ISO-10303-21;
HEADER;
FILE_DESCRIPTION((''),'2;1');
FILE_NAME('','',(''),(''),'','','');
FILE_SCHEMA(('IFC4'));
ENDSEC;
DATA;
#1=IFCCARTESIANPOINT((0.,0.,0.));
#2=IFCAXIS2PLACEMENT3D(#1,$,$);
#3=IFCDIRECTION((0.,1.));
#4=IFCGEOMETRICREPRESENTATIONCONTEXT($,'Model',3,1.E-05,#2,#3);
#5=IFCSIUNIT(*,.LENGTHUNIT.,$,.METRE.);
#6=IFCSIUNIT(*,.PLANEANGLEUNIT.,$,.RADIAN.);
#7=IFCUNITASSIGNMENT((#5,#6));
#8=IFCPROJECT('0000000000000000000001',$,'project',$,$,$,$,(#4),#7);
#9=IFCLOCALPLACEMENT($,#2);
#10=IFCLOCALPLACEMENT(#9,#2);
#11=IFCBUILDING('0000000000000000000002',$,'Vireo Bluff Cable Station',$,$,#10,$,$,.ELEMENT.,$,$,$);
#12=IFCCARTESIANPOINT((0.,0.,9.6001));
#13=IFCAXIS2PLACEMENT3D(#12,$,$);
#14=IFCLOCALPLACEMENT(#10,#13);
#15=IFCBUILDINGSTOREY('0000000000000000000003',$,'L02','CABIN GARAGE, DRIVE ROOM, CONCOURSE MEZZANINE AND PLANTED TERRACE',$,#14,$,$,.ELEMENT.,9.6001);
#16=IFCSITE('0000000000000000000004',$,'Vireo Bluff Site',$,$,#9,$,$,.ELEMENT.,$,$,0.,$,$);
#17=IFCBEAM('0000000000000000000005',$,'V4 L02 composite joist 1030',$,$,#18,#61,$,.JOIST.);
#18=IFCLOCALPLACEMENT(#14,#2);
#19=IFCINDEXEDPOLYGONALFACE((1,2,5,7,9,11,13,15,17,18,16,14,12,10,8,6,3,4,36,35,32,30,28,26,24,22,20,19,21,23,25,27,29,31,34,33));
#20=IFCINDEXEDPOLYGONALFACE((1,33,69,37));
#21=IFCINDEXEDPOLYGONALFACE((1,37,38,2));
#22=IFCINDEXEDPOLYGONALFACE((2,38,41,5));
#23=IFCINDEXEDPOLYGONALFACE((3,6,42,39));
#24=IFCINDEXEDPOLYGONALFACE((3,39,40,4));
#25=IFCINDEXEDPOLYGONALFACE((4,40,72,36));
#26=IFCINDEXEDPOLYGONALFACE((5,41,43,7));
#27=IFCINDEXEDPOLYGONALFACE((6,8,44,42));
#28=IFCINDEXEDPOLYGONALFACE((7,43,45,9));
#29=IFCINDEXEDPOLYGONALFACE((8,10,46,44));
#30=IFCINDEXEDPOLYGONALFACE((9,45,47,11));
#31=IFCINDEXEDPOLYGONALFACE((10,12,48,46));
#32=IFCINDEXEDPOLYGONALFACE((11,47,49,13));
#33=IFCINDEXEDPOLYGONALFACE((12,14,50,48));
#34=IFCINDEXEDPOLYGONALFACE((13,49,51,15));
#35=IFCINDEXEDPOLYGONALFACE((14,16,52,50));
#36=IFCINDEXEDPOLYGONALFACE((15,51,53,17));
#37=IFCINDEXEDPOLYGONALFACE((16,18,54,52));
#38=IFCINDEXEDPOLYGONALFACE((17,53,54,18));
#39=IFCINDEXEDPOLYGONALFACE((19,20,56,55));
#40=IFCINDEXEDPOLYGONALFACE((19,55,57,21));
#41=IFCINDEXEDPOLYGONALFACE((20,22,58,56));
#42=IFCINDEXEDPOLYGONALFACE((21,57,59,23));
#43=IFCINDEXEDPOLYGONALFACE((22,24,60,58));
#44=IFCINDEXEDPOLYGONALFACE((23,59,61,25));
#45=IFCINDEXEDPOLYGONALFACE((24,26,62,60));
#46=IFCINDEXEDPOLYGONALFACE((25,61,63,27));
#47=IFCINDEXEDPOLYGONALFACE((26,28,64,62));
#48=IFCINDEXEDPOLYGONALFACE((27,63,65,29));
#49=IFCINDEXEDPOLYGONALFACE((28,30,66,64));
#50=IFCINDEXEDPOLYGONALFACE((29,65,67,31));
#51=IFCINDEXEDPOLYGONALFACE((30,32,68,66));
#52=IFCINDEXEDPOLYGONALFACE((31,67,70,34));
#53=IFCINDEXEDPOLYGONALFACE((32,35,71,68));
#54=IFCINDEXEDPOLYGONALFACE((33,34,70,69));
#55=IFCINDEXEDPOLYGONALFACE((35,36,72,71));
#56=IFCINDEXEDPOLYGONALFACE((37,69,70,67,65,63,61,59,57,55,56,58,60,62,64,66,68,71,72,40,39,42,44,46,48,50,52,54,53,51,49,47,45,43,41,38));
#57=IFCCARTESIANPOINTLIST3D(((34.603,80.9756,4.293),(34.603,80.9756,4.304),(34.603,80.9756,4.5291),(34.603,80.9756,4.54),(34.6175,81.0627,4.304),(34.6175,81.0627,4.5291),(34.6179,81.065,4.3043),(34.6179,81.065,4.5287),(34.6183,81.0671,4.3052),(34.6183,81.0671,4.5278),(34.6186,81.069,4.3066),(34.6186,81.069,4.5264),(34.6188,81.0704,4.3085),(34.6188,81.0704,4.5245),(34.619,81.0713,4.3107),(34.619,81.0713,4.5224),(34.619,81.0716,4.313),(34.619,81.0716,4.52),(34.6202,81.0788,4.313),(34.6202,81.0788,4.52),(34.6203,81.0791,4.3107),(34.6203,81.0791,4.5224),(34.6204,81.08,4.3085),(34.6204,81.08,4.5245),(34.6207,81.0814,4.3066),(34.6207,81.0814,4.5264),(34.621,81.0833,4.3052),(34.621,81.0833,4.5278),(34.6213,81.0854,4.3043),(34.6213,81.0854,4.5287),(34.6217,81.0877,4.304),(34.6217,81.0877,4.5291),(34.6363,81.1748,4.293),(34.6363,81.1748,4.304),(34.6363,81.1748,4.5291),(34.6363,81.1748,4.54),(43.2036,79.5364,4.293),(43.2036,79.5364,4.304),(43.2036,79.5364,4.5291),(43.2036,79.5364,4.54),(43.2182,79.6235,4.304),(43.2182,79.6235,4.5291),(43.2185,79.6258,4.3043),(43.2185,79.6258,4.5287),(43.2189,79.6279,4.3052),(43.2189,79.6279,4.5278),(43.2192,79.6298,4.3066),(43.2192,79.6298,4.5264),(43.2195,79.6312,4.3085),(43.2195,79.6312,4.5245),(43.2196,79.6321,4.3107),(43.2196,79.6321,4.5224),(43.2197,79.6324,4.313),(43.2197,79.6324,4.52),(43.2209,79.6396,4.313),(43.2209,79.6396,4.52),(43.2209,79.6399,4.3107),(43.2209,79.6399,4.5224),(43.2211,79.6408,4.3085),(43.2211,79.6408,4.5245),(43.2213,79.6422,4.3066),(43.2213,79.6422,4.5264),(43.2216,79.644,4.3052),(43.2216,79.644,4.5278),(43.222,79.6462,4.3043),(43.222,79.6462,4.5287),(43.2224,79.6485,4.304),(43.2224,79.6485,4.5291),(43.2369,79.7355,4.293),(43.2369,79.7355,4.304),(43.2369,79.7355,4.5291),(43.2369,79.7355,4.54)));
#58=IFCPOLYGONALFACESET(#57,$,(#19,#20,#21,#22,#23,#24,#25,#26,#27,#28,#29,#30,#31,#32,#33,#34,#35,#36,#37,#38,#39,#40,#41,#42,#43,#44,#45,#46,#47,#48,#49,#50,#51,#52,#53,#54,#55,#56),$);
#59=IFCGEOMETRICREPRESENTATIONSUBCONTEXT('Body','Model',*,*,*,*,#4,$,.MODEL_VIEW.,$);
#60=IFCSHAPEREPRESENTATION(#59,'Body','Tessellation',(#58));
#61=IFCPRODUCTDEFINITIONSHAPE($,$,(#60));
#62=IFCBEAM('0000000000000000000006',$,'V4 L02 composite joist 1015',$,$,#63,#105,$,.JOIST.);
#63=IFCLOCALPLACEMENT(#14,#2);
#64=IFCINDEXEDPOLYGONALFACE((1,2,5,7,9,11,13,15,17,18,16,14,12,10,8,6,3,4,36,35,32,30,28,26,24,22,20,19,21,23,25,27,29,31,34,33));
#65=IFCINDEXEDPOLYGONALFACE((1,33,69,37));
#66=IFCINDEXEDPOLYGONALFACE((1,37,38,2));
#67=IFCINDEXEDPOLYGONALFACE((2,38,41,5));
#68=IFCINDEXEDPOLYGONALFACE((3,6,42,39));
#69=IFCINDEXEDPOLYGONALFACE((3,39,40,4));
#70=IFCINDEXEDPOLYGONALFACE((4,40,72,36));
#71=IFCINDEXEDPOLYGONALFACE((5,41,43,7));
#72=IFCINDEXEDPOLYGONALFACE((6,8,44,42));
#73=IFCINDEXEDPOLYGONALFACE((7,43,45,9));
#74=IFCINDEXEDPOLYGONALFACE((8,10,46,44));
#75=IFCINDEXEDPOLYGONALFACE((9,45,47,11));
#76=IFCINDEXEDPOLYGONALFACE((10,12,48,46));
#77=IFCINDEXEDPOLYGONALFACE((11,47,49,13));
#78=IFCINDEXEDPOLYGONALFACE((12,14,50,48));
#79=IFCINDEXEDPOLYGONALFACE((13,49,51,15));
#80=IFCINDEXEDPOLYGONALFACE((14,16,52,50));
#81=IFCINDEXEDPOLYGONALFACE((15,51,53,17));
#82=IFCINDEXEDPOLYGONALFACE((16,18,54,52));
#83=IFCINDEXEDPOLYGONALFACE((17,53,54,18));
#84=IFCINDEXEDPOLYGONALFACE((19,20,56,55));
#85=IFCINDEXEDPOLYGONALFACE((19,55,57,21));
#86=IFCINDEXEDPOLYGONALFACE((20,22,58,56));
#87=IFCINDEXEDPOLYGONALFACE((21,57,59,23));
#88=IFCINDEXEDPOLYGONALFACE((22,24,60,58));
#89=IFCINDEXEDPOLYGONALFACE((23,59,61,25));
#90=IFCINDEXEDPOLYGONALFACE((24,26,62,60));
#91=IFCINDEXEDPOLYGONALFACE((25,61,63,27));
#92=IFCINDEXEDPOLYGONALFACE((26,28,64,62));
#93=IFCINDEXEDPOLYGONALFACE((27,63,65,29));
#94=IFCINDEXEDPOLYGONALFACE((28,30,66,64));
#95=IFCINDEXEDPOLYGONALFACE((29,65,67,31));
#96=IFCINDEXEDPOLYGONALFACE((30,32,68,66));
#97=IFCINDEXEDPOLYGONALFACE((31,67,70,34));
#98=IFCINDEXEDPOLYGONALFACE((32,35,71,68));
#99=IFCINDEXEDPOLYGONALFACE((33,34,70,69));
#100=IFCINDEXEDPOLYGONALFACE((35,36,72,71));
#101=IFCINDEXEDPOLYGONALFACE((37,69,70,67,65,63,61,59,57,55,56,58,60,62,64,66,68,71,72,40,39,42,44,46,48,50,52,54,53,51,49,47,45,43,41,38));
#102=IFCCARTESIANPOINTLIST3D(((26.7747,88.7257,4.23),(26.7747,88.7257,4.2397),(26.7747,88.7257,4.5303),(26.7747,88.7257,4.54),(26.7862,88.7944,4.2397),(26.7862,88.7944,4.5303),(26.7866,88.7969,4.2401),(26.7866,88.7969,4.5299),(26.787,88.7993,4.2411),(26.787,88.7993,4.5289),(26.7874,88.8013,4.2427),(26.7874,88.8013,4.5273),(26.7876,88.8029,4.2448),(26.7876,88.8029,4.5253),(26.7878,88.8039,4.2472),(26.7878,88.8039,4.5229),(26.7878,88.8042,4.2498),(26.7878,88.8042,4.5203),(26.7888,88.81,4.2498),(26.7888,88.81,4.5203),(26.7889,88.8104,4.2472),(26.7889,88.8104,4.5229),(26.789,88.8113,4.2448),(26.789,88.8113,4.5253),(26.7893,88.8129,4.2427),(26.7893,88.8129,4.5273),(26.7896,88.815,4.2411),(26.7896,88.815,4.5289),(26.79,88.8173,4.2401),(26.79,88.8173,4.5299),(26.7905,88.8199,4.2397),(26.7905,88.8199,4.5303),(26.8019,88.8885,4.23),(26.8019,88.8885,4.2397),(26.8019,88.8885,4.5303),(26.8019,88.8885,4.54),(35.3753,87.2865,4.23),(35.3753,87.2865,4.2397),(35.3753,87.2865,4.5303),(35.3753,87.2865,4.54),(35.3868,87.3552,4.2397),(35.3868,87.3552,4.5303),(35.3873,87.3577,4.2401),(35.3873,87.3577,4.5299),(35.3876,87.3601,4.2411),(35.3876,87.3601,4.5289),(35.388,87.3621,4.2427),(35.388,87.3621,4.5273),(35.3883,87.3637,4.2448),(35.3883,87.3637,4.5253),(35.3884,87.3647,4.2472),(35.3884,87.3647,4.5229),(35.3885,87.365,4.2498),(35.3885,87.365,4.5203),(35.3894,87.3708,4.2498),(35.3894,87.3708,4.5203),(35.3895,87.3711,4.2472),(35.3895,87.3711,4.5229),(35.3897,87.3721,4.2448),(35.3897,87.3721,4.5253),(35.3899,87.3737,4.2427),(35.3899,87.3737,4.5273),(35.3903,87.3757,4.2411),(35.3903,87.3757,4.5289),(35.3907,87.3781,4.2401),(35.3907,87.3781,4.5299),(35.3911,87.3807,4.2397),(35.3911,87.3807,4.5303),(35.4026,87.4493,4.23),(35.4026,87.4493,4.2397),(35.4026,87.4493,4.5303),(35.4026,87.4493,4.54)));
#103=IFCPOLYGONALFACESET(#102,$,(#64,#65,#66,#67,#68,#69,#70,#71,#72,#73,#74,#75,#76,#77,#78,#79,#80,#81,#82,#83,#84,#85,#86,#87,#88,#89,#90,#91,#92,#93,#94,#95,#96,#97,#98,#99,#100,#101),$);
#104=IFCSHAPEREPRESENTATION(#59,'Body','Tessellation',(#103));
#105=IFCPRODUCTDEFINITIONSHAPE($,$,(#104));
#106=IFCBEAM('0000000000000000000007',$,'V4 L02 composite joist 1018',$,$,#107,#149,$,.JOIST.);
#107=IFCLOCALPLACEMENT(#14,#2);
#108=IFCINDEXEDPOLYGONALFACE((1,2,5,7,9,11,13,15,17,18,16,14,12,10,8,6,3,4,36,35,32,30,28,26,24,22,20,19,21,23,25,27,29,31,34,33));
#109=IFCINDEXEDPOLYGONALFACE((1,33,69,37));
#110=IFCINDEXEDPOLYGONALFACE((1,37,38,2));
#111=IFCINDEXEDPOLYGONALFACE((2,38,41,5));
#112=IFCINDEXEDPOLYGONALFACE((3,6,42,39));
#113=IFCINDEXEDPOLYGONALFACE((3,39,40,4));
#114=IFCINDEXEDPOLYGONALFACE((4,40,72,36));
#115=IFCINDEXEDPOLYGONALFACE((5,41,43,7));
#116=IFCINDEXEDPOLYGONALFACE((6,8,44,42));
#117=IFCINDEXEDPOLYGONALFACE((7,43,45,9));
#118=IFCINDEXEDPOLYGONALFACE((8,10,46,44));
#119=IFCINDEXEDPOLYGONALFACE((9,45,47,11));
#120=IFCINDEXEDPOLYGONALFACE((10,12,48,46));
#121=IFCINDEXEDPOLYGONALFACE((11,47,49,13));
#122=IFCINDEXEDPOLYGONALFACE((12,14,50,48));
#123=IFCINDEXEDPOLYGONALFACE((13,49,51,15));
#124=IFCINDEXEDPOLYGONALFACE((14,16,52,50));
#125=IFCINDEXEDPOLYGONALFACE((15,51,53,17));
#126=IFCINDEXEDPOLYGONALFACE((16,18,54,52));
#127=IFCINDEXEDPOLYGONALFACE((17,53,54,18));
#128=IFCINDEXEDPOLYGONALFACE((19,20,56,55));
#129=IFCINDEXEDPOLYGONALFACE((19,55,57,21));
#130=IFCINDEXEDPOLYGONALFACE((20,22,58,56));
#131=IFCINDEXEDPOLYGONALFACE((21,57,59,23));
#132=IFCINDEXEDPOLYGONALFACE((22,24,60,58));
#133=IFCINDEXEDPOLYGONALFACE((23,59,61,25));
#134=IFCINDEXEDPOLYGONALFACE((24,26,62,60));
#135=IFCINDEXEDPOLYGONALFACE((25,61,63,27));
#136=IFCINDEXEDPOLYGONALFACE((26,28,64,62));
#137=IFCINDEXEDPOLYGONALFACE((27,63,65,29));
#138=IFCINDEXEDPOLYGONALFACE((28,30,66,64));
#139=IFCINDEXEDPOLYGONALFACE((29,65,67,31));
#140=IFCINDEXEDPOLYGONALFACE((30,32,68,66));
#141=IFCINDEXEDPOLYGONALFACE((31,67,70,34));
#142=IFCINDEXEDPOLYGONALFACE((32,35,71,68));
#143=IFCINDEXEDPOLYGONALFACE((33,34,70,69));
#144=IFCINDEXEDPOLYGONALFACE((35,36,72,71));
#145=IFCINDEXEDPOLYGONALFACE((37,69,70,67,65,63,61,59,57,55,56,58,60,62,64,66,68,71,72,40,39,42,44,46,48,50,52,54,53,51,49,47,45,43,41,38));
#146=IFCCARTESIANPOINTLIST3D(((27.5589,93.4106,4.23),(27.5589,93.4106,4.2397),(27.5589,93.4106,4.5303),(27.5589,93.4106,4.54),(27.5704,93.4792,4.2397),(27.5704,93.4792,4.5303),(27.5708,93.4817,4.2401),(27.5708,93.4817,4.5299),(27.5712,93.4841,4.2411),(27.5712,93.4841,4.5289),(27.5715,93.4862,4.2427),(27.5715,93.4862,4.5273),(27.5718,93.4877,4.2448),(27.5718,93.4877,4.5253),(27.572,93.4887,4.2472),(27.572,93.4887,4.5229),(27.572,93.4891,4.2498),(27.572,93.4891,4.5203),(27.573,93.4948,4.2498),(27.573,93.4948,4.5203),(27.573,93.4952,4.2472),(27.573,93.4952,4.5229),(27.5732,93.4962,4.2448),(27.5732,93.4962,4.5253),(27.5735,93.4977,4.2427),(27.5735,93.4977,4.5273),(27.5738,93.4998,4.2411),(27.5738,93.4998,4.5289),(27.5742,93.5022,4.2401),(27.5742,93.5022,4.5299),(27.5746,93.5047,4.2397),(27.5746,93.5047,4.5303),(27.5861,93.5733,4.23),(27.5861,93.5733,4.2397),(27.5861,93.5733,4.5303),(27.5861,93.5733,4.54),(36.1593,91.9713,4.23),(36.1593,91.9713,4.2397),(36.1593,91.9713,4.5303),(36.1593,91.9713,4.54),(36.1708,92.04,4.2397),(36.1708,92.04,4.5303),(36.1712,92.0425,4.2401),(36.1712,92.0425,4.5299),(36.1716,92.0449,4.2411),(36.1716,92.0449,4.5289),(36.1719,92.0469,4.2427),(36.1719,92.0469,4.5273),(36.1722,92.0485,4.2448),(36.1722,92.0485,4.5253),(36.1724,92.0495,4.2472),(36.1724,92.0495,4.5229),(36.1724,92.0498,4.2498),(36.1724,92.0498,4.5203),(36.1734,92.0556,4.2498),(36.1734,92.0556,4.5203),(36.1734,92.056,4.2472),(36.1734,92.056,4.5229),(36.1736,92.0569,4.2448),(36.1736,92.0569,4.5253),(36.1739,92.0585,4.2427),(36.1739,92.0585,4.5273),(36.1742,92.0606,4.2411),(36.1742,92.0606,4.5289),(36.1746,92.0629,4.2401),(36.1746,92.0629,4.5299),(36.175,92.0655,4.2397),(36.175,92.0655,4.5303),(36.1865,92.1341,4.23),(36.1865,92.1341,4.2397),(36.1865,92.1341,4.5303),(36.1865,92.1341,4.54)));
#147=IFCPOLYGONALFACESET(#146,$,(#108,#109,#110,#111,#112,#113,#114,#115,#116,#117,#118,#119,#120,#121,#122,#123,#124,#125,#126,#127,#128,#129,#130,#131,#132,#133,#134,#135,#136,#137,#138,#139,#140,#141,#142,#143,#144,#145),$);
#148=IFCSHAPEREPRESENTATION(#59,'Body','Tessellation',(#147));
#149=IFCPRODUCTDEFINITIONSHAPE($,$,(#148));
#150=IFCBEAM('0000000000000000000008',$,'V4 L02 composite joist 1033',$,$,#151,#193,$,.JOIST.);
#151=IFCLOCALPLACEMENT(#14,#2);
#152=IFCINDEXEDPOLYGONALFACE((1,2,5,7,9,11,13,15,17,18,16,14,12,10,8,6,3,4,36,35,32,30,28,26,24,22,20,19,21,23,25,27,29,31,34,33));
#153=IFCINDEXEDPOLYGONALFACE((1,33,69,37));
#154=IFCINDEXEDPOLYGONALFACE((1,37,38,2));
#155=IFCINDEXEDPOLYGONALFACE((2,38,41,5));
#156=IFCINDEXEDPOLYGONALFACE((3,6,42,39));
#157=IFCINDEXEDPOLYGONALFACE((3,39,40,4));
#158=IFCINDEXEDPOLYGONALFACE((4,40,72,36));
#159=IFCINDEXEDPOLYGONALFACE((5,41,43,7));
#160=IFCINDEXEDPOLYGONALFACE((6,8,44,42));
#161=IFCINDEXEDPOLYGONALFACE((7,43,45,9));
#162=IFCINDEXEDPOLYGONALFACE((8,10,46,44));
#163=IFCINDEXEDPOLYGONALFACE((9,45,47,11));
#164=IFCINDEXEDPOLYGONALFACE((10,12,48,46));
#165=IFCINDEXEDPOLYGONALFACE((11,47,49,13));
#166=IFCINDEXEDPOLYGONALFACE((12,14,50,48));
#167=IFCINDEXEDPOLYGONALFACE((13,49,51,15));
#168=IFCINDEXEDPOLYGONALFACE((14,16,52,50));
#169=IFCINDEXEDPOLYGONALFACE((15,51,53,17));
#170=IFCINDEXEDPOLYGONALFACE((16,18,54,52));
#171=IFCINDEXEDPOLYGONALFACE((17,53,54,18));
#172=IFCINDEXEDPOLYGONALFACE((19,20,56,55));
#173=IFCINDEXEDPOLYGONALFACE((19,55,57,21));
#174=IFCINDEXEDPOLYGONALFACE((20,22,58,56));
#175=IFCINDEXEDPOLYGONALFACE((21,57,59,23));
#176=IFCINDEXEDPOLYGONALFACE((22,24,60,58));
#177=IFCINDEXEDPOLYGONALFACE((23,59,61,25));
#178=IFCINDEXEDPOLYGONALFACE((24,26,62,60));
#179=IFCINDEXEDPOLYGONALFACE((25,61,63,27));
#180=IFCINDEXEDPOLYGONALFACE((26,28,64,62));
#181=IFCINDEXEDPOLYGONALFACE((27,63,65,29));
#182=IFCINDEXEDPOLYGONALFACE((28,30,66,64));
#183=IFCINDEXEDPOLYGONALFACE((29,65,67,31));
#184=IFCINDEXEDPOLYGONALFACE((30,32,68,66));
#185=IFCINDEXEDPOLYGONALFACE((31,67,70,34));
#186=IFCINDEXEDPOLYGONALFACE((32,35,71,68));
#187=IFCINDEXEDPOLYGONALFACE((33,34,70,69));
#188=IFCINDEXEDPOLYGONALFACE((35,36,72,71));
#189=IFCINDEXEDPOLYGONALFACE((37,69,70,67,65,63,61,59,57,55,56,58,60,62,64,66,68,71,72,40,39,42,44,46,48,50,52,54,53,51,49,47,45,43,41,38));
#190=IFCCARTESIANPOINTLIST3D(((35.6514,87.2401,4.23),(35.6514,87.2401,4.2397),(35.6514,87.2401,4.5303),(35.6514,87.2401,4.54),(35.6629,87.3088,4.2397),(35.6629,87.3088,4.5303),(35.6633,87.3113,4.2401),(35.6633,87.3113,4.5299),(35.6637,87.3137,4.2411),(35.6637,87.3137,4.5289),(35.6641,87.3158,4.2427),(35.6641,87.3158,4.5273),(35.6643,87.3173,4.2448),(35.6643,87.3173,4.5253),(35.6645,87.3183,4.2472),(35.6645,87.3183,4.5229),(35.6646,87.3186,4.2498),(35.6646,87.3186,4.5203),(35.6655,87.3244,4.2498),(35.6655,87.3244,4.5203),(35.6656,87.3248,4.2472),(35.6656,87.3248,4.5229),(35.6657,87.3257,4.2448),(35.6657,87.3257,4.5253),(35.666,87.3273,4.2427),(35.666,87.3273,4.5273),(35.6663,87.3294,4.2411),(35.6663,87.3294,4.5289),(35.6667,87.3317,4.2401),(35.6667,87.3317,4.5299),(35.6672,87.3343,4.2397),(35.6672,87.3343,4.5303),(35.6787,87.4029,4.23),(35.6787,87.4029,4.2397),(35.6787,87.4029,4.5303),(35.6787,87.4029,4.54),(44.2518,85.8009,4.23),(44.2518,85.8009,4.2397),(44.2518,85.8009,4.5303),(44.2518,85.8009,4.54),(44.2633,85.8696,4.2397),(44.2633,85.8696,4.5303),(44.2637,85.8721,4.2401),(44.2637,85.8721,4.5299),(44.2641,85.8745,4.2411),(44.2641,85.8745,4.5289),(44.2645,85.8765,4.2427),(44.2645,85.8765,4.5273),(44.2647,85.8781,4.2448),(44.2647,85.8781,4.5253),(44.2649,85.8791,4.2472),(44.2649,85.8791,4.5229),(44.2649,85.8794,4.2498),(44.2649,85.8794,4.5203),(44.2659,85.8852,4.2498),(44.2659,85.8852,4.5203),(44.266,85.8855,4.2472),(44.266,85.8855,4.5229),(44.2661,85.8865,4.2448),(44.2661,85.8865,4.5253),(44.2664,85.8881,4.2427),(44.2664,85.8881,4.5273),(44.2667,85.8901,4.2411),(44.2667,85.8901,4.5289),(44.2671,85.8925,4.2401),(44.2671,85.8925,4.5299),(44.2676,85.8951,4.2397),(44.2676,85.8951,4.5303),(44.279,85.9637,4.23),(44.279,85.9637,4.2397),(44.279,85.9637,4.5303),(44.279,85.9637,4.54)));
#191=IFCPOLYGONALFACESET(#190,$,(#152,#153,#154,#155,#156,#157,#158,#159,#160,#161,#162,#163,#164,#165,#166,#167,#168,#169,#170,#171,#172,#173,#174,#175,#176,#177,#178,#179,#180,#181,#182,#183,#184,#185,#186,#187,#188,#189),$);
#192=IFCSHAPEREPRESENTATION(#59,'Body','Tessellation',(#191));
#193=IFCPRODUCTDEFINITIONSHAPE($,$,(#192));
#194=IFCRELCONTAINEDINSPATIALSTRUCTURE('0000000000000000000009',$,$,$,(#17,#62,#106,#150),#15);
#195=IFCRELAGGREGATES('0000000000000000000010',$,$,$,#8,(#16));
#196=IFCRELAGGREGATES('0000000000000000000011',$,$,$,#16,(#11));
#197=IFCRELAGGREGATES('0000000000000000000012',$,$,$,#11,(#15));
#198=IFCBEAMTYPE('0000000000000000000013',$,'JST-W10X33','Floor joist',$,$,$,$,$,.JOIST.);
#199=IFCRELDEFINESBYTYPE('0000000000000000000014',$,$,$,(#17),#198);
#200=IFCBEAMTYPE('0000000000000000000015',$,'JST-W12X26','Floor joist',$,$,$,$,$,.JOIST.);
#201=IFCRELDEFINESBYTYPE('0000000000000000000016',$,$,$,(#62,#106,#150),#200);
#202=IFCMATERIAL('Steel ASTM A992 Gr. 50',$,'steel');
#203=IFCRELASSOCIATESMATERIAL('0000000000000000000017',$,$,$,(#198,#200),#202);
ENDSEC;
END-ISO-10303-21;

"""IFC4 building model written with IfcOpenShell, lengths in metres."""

from ifc_helpers import new_model, si_unit, direction, frame, origin, origin_2d, place, context, subcontext, project, spatial, i_section, extrude, material, material_profile, profile_set, type_object, element, save


model = new_model("IFC4")

# Units and contexts
model_context = context("Model", 3, precision=1e-05, world=origin(), true_north=direction((0.0, 1.0)))
body_context = subcontext(model_context, "Body", "Model", "MODEL_VIEW")
ifc_project = project(units=[si_unit("LENGTHUNIT", "METRE"), si_unit("PLANEANGLEUNIT", "RADIAN")], contexts=[model_context])

# Site, building, storey
site_placement = place(None, origin())
site = spatial("IfcSite", under=ifc_project, at=site_placement, Name="Vireo Bluff Site", CompositionType="ELEMENT", RefElevation=0.0)
building_placement = place(site_placement, origin())
building = spatial("IfcBuilding", under=site, at=building_placement, Name="Vireo Bluff Cable Station", CompositionType="ELEMENT")
storey_placement = place(building_placement, frame((0.0, 0.0, 9.6001)))
storey = spatial("IfcBuildingStorey", under=building, at=storey_placement, Name="L02", Description="CABIN GARAGE, DRIVE ROOM, CONCOURSE MEZZANINE AND PLANTED TERRACE", CompositionType="ELEMENT", Elevation=9.6001)

# Shared definitions
ifc_material_1 = material(Name="Steel ASTM A992 Gr. 50", Category="steel")

# Beams
ifc_material_profile_1 = material_profile(ifc_material_1, i_section(OverallWidth=0.2019, OverallDepth=0.2471, WebThickness=0.0073, FlangeThickness=0.011, FilletRadius=0.009, at=origin_2d()), Name="W10X33")
ifc_profile_set_1 = profile_set([ifc_material_profile_1], Name="Steel ASTM A992 Gr. 50")
beam_type_1 = type_object("IfcBeamType", Name="JST-W10X33", Description="Floor joist", PredefinedType="JOIST", material=ifc_profile_set_1)
beam_1_placement = place(storey_placement, frame((34.6196, 81.0752, 4.4165), z_axis=(0.986286, -0.165044, 0.0), x_axis=(0.165044, 0.986286, 0.0)))
element("IfcBeam", 1, at=beam_1_placement, inside=storey, type_object=beam_type_1, Name="V4 L02 composite joist 1030", PredefinedType="JOIST", context=body_context, shape_type="SweptSolid", body=[
    extrude(i_section(OverallWidth=0.2019, OverallDepth=0.2471, WebThickness=0.0073, FlangeThickness=0.011, FilletRadius=0.009, at=origin_2d()), origin(), (0.0, 0.0, 1.0), 8.7202),
])
ifc_material_profile_2 = material_profile(ifc_material_1, i_section(OverallWidth=0.165, OverallDepth=0.3101, WebThickness=0.0059, FlangeThickness=0.0098, FilletRadius=0.01, at=origin_2d()), Name="W12X26")
ifc_profile_set_2 = profile_set([ifc_material_profile_2], Name="Steel ASTM A992 Gr. 50")
beam_type_2 = type_object("IfcBeamType", Name="JST-W12X26", Description="Floor joist", PredefinedType="JOIST", material=ifc_profile_set_2)
beam_2_placement = place(storey_placement, frame((26.7883, 88.8071, 4.385), z_axis=(0.986286, -0.165044, 0.0), x_axis=(0.165044, 0.986286, 0.0)))
element("IfcBeam", 2, at=beam_2_placement, inside=storey, type_object=beam_type_2, Name="V4 L02 composite joist 1015", PredefinedType="JOIST", context=body_context, shape_type="SweptSolid", body=[
    extrude(i_section(OverallWidth=0.165, OverallDepth=0.3101, WebThickness=0.0059, FlangeThickness=0.0098, FilletRadius=0.01, at=origin_2d()), origin(), (0.0, 0.0, 1.0), 8.7202),
])
for number, where, z_axis, x_axis, name in (
    (3, (27.5725, 93.4919, 4.385), (0.986286, -0.165048, 0.0), (0.165048, 0.986286, 0.0), "V4 L02 composite joist 1018"),
    (4, (35.665, 87.3215, 4.385), (0.986286, -0.165048, 0.0), (0.165048, 0.986286, 0.0), "V4 L02 composite joist 1033"),
):
    element("IfcBeam", number, at=place(storey_placement, frame(where, z_axis=z_axis, x_axis=x_axis)), inside=storey, type_object=beam_type_2, Name=name, PredefinedType="JOIST", context=body_context, shape_type="SweptSolid", body=[
        extrude(i_section(OverallWidth=0.165, OverallDepth=0.3101, WebThickness=0.0059, FlangeThickness=0.0098, FilletRadius=0.01, at=origin_2d()), origin(), (0.0, 0.0, 1.0), 8.72),
    ])

save(model, "model.ifc")
